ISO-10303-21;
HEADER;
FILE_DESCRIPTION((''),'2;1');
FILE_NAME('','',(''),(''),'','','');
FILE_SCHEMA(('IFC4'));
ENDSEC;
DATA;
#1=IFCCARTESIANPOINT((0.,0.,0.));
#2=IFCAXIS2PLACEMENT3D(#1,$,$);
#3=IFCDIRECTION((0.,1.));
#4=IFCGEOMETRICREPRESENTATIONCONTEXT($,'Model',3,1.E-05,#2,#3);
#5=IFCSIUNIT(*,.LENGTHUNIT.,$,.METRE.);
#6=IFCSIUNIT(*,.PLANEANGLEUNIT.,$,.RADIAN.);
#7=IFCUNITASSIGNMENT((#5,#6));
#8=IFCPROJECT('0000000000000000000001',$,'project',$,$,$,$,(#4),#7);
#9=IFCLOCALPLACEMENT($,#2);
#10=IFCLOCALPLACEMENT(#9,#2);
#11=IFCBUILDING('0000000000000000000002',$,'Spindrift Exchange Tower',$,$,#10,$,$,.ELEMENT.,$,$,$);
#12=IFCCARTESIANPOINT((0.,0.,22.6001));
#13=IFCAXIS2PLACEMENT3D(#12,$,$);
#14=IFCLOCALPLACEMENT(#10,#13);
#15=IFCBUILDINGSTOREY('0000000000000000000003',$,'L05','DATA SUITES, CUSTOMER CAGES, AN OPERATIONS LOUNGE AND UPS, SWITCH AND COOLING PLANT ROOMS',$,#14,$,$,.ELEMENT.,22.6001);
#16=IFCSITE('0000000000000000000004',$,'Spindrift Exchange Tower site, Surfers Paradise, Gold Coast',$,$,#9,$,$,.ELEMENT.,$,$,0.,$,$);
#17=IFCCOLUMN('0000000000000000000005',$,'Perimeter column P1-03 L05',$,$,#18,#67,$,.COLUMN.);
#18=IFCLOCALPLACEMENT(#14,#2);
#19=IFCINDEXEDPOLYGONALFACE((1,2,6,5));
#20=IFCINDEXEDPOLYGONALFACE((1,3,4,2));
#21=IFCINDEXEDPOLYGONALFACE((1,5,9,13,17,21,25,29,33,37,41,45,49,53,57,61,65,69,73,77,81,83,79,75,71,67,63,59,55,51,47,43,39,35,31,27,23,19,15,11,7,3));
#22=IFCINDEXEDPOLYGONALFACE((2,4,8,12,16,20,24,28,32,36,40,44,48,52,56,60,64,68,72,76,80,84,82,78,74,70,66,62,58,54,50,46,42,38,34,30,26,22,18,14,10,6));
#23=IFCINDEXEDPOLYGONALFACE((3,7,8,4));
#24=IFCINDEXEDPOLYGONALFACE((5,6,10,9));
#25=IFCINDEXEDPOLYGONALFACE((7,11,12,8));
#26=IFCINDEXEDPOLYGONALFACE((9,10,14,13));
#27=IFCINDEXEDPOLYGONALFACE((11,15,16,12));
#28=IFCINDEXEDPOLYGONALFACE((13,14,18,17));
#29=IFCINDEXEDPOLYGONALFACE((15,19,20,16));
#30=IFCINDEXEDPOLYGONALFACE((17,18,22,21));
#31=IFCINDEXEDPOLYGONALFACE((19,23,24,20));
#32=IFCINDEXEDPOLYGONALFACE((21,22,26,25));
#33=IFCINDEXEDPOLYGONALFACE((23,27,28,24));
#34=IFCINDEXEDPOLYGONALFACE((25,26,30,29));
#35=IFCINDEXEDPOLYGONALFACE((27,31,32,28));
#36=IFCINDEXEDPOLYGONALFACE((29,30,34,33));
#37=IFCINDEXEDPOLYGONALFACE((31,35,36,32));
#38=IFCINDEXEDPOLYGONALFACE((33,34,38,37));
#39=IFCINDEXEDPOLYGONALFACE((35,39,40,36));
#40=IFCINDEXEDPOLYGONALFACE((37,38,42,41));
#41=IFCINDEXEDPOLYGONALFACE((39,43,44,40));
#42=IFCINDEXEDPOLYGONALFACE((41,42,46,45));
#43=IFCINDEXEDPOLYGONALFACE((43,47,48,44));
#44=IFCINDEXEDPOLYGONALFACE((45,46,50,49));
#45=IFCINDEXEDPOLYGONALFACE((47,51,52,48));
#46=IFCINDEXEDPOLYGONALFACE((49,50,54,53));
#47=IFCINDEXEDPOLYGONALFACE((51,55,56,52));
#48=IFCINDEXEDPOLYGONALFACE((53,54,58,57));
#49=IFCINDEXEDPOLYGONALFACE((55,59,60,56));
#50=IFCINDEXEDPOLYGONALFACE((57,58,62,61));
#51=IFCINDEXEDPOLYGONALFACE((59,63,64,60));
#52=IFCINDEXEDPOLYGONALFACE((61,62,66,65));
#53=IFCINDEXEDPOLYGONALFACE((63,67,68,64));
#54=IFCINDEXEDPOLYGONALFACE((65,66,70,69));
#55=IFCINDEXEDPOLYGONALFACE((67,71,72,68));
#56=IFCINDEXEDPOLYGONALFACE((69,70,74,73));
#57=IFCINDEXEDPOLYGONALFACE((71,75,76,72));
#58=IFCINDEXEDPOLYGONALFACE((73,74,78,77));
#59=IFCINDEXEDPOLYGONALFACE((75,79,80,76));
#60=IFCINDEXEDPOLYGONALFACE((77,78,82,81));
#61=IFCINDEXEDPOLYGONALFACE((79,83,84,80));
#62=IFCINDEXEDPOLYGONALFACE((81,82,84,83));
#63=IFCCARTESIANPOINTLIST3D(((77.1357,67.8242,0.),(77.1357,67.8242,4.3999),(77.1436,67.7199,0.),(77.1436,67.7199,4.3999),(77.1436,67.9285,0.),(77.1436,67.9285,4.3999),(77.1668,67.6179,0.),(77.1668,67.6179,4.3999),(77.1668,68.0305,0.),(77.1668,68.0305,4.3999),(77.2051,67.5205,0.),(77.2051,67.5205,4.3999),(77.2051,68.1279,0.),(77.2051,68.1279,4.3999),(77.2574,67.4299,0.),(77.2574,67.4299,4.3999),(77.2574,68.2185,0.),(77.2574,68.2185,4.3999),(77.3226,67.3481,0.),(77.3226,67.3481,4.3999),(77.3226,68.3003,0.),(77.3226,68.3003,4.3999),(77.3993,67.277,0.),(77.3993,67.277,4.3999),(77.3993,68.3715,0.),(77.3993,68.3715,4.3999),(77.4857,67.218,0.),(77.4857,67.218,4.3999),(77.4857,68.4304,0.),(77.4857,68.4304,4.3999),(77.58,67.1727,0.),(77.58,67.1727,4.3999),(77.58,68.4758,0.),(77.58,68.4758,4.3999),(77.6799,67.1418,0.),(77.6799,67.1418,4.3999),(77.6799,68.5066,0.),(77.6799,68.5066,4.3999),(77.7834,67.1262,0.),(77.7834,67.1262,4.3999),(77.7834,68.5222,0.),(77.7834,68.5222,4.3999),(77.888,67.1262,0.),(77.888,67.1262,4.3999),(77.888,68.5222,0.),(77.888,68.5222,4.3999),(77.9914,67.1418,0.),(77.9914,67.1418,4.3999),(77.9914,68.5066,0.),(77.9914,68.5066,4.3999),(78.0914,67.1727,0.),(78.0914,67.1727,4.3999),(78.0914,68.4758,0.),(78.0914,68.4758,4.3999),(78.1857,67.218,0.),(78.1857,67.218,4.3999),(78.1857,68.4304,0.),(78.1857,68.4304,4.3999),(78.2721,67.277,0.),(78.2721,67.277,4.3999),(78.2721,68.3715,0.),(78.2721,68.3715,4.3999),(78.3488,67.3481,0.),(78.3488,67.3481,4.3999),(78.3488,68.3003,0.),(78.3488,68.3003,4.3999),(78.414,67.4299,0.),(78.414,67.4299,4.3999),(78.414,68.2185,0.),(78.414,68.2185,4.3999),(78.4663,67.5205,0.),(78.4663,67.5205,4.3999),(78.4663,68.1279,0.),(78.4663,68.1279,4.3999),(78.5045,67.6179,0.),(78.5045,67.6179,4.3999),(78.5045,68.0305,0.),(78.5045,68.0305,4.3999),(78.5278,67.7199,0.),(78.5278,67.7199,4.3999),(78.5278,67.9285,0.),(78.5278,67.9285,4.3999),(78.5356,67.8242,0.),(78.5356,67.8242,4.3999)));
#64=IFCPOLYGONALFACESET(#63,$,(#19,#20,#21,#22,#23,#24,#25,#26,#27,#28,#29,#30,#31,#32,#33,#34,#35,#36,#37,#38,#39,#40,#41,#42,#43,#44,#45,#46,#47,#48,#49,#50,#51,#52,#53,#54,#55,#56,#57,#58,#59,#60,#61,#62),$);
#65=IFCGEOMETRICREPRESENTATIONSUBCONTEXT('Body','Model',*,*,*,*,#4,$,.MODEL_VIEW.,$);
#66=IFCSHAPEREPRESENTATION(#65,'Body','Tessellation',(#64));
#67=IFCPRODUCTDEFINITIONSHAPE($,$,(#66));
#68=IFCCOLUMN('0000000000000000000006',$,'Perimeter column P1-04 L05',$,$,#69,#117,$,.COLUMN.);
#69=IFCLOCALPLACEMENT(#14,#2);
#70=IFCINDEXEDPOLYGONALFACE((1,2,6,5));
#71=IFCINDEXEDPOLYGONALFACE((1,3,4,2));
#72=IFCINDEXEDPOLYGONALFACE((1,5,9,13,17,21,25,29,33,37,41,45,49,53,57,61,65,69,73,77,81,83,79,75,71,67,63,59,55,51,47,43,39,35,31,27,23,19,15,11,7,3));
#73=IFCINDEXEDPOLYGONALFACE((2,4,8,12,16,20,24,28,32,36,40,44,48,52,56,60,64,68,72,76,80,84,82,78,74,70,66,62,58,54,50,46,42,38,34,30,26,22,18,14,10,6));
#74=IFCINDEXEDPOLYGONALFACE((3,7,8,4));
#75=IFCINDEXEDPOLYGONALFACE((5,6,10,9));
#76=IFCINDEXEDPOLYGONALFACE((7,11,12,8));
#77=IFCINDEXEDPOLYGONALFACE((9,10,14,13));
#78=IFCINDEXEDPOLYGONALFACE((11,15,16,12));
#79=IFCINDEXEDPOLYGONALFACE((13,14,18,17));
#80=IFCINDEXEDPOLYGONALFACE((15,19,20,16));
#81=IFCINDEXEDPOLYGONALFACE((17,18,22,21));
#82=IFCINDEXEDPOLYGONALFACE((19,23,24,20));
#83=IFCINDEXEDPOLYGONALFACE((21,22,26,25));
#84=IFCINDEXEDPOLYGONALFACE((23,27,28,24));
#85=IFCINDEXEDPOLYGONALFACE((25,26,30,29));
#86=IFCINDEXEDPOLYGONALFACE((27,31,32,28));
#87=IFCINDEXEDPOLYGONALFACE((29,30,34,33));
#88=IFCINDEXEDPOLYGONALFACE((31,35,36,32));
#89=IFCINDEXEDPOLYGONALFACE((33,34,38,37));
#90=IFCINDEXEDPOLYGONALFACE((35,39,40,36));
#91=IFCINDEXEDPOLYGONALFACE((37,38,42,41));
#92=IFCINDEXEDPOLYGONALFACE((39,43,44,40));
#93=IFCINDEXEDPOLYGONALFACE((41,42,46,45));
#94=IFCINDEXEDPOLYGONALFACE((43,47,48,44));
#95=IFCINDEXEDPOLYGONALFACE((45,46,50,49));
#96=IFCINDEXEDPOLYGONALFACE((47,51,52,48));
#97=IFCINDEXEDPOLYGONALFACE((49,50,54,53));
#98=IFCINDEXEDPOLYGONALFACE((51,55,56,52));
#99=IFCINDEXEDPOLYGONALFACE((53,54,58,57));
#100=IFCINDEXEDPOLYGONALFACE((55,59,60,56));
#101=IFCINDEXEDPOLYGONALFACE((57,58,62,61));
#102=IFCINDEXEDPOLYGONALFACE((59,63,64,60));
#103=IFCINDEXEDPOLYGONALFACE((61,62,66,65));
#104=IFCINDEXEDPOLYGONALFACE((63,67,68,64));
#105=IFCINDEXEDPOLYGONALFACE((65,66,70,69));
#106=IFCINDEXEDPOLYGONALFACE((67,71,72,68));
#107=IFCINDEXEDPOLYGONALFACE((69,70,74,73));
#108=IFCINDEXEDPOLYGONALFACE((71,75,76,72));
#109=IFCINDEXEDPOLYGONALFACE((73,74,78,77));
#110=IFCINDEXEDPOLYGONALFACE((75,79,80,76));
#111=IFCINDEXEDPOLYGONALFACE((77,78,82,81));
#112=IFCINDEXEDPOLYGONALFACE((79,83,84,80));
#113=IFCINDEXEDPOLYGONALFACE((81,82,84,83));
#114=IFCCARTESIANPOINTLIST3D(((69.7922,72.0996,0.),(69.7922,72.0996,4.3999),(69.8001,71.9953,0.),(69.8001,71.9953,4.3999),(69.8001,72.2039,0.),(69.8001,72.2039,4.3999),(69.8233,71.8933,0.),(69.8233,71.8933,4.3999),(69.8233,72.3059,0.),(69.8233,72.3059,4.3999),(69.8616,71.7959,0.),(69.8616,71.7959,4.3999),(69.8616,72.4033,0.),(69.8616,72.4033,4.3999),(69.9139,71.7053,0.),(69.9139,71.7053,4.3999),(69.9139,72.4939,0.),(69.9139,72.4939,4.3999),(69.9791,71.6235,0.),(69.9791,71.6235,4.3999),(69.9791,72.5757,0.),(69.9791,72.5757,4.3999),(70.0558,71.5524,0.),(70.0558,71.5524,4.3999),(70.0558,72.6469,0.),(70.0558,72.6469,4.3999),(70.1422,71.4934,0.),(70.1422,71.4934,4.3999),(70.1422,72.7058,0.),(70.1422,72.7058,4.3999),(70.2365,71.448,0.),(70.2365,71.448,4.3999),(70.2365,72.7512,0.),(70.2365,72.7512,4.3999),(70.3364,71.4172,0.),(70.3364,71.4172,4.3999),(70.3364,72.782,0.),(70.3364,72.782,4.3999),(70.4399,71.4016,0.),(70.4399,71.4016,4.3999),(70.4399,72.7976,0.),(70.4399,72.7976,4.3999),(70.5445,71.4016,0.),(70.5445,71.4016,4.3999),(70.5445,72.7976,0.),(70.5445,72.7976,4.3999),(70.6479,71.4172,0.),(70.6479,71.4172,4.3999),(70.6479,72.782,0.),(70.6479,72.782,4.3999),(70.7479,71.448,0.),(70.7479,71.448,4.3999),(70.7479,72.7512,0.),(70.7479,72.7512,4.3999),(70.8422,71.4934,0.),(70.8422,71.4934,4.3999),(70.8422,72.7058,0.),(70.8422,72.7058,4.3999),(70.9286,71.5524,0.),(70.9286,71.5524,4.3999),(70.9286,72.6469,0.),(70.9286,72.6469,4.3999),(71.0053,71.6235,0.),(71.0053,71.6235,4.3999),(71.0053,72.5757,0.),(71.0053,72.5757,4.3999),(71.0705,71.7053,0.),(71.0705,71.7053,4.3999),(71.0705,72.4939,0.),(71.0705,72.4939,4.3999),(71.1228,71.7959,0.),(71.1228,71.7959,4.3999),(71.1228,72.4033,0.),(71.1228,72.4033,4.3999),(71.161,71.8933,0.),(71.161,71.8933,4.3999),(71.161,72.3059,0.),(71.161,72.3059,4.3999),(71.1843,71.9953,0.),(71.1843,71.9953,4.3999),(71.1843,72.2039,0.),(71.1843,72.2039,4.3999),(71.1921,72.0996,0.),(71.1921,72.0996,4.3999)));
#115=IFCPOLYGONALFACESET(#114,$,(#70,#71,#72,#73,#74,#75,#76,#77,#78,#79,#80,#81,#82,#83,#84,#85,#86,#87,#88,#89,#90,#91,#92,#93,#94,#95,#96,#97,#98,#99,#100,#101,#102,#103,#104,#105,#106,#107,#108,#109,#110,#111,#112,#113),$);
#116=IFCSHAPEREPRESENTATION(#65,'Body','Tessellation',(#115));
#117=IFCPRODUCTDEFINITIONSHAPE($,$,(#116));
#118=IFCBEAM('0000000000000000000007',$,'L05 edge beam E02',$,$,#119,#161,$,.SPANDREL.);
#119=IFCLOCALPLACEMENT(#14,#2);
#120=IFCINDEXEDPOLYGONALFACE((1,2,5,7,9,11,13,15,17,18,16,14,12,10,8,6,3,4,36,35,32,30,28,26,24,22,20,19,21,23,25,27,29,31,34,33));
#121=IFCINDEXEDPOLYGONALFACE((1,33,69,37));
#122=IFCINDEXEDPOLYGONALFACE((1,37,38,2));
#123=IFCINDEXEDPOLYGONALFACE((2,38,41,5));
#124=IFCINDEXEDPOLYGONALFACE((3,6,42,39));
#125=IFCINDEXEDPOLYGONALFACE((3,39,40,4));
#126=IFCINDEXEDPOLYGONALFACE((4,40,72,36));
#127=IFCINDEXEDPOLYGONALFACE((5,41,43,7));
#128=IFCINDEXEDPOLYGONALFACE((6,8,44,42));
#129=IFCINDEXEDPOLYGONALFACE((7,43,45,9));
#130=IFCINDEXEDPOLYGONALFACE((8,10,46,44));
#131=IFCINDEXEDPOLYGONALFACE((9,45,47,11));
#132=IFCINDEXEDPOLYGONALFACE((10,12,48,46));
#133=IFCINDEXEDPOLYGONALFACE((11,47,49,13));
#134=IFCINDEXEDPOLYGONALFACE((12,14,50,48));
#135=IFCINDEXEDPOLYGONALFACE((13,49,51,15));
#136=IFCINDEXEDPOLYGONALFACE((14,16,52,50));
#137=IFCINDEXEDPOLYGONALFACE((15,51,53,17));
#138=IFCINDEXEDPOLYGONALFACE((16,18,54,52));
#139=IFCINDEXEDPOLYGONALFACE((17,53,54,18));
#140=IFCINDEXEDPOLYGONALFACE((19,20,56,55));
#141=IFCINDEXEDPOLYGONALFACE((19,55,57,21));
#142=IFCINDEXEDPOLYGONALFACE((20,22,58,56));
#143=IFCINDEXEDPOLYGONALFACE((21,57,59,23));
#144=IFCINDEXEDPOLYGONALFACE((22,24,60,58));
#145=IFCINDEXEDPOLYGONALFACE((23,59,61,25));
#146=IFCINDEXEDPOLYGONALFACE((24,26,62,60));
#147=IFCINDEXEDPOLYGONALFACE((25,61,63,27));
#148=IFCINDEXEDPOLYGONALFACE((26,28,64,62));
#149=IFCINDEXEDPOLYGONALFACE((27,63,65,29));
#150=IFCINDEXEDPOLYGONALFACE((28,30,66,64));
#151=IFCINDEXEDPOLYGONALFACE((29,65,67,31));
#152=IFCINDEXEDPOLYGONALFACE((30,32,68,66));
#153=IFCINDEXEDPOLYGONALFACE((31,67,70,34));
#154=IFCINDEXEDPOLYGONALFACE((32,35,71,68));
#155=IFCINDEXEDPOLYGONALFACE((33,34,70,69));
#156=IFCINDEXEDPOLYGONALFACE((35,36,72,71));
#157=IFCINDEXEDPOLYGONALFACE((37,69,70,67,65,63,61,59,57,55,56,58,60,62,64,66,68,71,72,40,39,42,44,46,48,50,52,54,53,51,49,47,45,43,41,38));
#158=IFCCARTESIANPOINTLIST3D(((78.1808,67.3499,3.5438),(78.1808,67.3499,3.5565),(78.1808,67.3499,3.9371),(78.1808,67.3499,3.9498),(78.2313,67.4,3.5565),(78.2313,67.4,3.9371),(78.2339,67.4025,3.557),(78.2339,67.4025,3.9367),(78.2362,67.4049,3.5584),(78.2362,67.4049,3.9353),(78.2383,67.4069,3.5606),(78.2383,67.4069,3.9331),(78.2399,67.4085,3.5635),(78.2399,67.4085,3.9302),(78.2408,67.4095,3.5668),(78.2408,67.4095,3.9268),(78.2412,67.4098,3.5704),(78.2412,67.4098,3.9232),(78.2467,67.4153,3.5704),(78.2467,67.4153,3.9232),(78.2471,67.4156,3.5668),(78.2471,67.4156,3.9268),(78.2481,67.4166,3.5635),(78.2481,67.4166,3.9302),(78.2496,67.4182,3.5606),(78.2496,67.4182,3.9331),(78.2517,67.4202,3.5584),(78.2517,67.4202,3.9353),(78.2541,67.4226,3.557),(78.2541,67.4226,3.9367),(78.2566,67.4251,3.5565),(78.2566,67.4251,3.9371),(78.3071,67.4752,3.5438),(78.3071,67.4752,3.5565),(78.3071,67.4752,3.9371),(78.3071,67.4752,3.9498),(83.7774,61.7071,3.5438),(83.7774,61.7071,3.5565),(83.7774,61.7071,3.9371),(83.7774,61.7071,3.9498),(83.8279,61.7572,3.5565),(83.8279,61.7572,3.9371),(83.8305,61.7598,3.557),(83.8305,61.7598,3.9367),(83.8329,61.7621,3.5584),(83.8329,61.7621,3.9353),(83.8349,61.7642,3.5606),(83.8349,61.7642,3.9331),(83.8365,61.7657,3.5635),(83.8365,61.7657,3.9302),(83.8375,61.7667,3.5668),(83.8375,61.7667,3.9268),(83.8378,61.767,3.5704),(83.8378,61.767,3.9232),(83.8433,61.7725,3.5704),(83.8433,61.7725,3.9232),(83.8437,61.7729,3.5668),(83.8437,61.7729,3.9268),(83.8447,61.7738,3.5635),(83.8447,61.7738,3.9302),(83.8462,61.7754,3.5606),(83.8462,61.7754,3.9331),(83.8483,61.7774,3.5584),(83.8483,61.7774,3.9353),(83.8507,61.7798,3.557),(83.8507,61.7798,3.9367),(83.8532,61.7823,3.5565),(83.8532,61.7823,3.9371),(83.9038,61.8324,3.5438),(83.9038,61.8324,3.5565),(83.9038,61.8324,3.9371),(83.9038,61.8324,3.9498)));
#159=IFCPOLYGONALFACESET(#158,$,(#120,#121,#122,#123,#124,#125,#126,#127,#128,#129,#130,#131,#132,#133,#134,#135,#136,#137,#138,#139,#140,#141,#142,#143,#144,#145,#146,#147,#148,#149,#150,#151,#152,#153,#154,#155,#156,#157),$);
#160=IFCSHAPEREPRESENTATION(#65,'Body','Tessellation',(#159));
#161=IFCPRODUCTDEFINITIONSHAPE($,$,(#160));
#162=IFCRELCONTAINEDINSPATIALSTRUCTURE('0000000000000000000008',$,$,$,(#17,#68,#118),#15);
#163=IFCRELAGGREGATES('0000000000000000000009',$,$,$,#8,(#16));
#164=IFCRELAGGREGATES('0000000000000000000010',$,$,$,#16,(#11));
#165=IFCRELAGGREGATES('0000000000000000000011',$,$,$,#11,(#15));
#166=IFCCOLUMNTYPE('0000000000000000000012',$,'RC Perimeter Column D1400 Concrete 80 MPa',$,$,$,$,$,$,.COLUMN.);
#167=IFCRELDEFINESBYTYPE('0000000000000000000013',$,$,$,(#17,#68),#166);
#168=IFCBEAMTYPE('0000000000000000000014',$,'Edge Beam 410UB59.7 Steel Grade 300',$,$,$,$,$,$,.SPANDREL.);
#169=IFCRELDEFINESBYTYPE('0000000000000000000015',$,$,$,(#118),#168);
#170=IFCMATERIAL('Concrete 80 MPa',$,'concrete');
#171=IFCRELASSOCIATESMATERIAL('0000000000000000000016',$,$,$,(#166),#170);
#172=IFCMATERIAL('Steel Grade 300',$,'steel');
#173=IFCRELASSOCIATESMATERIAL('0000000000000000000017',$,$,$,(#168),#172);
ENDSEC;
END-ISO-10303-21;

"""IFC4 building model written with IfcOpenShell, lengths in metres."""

from ifc_helpers import new_model, si_unit, direction, frame, origin, origin_2d, place, context, subcontext, project, spatial, circle, i_section, extrude, source, transform, mapped, material, material_profile, profile_set, type_object, element, save


model = new_model("IFC4")

# Units and contexts
model_context = context("Model", 3, precision=1e-05, world=origin(), true_north=direction((0.0, 1.0)))
body_context = subcontext(model_context, "Body", "Model", "MODEL_VIEW")
ifc_project = project(units=[si_unit("LENGTHUNIT", "METRE"), si_unit("PLANEANGLEUNIT", "RADIAN")], contexts=[model_context])

# Site, building, storey
site_placement = place(None, origin())
site = spatial("IfcSite", under=ifc_project, at=site_placement, Name="Spindrift Exchange Tower site, Surfers Paradise, Gold Coast", CompositionType="ELEMENT", RefElevation=0.0)
building_placement = place(site_placement, origin())
building = spatial("IfcBuilding", under=site, at=building_placement, Name="Spindrift Exchange Tower", CompositionType="ELEMENT")
storey_placement = place(building_placement, frame((0.0, 0.0, 22.6001)))
storey = spatial("IfcBuildingStorey", under=building, at=storey_placement, Name="L05", Description="DATA SUITES, CUSTOMER CAGES, AN OPERATIONS LOUNGE AND UPS, SWITCH AND COOLING PLANT ROOMS", CompositionType="ELEMENT", Elevation=22.6001)

# Columns
ifc_material_1 = material(Name="Concrete 80 MPa", Category="concrete")
ifc_material_profile_1 = material_profile(ifc_material_1, circle(Radius=0.7, at=origin_2d()), Name="RC D1400")
ifc_profile_set_1 = profile_set([ifc_material_profile_1], Name="Concrete 80 MPa")
column_type = type_object("IfcColumnType", Name="RC Perimeter Column D1400 Concrete 80 MPa", PredefinedType="COLUMN", material=ifc_profile_set_1)
shared_shape_1 = source(origin(), body_context, "Body", "SweptSolid", [
    extrude(circle(Radius=0.7, at=origin_2d()), origin(), (0.0, 0.0, 1.0), 4.3999),
])
for number, where, z_axis, x_axis, name in (
    (1, (77.8357, 67.8242, 0.0), (0.0, 0.0, 1.0), (1.0, 0.0, 0.0), "Perimeter column P1-03 L05"),
    (2, (70.4922, 72.0996, 0.0), (0.0, 0.0, 1.0), (1.0, 0.0, 0.0), "Perimeter column P1-04 L05"),
):
    element("IfcColumn", number, at=place(storey_placement, frame(where, z_axis=z_axis, x_axis=x_axis)), inside=storey, type_object=column_type, Name=name, PredefinedType="COLUMN", context=body_context, shape_type="MappedRepresentation", body=[
        mapped(shared_shape_1, transform((0.0, 0.0, 0.0), scale=1.0)),
    ])

# Beam
ifc_material_2 = material(Name="Steel Grade 300", Category="steel")
ifc_material_profile_2 = material_profile(ifc_material_2, i_section(OverallWidth=0.178, OverallDepth=0.406, WebThickness=0.0078, FlangeThickness=0.0127, FilletRadius=0.0139, at=origin_2d()), Name="410UB59.7")
ifc_profile_set_2 = profile_set([ifc_material_profile_2], Name="Steel Grade 300")
beam_type_1 = type_object("IfcBeamType", Name="Edge Beam 410UB59.7 Steel Grade 300", PredefinedType="SPANDREL", material=ifc_profile_set_2)
shared_shape_2 = source(origin(), body_context, "Body", "SweptSolid", [
    extrude(i_section(OverallWidth=0.178, OverallDepth=0.406, WebThickness=0.0078, FlangeThickness=0.0127, FilletRadius=0.0139, at=origin_2d()), origin(), (0.0, 0.0, 1.0), 7.9475),
])
beam_1_placement = place(storey_placement, frame((83.8406, 61.7698, 3.7468), z_axis=(-0.704198, 0.710004, 0.0), x_axis=(-0.710004, -0.704198, 0.0)))
element("IfcBeam", 3, at=beam_1_placement, inside=storey, type_object=beam_type_1, Name="L05 edge beam E02", PredefinedType="SPANDREL", context=body_context, shape_type="MappedRepresentation", body=[
    mapped(shared_shape_2, transform((0.0, 0.0, 0.0), scale=1.0)),
])

save(model, "model.ifc")
